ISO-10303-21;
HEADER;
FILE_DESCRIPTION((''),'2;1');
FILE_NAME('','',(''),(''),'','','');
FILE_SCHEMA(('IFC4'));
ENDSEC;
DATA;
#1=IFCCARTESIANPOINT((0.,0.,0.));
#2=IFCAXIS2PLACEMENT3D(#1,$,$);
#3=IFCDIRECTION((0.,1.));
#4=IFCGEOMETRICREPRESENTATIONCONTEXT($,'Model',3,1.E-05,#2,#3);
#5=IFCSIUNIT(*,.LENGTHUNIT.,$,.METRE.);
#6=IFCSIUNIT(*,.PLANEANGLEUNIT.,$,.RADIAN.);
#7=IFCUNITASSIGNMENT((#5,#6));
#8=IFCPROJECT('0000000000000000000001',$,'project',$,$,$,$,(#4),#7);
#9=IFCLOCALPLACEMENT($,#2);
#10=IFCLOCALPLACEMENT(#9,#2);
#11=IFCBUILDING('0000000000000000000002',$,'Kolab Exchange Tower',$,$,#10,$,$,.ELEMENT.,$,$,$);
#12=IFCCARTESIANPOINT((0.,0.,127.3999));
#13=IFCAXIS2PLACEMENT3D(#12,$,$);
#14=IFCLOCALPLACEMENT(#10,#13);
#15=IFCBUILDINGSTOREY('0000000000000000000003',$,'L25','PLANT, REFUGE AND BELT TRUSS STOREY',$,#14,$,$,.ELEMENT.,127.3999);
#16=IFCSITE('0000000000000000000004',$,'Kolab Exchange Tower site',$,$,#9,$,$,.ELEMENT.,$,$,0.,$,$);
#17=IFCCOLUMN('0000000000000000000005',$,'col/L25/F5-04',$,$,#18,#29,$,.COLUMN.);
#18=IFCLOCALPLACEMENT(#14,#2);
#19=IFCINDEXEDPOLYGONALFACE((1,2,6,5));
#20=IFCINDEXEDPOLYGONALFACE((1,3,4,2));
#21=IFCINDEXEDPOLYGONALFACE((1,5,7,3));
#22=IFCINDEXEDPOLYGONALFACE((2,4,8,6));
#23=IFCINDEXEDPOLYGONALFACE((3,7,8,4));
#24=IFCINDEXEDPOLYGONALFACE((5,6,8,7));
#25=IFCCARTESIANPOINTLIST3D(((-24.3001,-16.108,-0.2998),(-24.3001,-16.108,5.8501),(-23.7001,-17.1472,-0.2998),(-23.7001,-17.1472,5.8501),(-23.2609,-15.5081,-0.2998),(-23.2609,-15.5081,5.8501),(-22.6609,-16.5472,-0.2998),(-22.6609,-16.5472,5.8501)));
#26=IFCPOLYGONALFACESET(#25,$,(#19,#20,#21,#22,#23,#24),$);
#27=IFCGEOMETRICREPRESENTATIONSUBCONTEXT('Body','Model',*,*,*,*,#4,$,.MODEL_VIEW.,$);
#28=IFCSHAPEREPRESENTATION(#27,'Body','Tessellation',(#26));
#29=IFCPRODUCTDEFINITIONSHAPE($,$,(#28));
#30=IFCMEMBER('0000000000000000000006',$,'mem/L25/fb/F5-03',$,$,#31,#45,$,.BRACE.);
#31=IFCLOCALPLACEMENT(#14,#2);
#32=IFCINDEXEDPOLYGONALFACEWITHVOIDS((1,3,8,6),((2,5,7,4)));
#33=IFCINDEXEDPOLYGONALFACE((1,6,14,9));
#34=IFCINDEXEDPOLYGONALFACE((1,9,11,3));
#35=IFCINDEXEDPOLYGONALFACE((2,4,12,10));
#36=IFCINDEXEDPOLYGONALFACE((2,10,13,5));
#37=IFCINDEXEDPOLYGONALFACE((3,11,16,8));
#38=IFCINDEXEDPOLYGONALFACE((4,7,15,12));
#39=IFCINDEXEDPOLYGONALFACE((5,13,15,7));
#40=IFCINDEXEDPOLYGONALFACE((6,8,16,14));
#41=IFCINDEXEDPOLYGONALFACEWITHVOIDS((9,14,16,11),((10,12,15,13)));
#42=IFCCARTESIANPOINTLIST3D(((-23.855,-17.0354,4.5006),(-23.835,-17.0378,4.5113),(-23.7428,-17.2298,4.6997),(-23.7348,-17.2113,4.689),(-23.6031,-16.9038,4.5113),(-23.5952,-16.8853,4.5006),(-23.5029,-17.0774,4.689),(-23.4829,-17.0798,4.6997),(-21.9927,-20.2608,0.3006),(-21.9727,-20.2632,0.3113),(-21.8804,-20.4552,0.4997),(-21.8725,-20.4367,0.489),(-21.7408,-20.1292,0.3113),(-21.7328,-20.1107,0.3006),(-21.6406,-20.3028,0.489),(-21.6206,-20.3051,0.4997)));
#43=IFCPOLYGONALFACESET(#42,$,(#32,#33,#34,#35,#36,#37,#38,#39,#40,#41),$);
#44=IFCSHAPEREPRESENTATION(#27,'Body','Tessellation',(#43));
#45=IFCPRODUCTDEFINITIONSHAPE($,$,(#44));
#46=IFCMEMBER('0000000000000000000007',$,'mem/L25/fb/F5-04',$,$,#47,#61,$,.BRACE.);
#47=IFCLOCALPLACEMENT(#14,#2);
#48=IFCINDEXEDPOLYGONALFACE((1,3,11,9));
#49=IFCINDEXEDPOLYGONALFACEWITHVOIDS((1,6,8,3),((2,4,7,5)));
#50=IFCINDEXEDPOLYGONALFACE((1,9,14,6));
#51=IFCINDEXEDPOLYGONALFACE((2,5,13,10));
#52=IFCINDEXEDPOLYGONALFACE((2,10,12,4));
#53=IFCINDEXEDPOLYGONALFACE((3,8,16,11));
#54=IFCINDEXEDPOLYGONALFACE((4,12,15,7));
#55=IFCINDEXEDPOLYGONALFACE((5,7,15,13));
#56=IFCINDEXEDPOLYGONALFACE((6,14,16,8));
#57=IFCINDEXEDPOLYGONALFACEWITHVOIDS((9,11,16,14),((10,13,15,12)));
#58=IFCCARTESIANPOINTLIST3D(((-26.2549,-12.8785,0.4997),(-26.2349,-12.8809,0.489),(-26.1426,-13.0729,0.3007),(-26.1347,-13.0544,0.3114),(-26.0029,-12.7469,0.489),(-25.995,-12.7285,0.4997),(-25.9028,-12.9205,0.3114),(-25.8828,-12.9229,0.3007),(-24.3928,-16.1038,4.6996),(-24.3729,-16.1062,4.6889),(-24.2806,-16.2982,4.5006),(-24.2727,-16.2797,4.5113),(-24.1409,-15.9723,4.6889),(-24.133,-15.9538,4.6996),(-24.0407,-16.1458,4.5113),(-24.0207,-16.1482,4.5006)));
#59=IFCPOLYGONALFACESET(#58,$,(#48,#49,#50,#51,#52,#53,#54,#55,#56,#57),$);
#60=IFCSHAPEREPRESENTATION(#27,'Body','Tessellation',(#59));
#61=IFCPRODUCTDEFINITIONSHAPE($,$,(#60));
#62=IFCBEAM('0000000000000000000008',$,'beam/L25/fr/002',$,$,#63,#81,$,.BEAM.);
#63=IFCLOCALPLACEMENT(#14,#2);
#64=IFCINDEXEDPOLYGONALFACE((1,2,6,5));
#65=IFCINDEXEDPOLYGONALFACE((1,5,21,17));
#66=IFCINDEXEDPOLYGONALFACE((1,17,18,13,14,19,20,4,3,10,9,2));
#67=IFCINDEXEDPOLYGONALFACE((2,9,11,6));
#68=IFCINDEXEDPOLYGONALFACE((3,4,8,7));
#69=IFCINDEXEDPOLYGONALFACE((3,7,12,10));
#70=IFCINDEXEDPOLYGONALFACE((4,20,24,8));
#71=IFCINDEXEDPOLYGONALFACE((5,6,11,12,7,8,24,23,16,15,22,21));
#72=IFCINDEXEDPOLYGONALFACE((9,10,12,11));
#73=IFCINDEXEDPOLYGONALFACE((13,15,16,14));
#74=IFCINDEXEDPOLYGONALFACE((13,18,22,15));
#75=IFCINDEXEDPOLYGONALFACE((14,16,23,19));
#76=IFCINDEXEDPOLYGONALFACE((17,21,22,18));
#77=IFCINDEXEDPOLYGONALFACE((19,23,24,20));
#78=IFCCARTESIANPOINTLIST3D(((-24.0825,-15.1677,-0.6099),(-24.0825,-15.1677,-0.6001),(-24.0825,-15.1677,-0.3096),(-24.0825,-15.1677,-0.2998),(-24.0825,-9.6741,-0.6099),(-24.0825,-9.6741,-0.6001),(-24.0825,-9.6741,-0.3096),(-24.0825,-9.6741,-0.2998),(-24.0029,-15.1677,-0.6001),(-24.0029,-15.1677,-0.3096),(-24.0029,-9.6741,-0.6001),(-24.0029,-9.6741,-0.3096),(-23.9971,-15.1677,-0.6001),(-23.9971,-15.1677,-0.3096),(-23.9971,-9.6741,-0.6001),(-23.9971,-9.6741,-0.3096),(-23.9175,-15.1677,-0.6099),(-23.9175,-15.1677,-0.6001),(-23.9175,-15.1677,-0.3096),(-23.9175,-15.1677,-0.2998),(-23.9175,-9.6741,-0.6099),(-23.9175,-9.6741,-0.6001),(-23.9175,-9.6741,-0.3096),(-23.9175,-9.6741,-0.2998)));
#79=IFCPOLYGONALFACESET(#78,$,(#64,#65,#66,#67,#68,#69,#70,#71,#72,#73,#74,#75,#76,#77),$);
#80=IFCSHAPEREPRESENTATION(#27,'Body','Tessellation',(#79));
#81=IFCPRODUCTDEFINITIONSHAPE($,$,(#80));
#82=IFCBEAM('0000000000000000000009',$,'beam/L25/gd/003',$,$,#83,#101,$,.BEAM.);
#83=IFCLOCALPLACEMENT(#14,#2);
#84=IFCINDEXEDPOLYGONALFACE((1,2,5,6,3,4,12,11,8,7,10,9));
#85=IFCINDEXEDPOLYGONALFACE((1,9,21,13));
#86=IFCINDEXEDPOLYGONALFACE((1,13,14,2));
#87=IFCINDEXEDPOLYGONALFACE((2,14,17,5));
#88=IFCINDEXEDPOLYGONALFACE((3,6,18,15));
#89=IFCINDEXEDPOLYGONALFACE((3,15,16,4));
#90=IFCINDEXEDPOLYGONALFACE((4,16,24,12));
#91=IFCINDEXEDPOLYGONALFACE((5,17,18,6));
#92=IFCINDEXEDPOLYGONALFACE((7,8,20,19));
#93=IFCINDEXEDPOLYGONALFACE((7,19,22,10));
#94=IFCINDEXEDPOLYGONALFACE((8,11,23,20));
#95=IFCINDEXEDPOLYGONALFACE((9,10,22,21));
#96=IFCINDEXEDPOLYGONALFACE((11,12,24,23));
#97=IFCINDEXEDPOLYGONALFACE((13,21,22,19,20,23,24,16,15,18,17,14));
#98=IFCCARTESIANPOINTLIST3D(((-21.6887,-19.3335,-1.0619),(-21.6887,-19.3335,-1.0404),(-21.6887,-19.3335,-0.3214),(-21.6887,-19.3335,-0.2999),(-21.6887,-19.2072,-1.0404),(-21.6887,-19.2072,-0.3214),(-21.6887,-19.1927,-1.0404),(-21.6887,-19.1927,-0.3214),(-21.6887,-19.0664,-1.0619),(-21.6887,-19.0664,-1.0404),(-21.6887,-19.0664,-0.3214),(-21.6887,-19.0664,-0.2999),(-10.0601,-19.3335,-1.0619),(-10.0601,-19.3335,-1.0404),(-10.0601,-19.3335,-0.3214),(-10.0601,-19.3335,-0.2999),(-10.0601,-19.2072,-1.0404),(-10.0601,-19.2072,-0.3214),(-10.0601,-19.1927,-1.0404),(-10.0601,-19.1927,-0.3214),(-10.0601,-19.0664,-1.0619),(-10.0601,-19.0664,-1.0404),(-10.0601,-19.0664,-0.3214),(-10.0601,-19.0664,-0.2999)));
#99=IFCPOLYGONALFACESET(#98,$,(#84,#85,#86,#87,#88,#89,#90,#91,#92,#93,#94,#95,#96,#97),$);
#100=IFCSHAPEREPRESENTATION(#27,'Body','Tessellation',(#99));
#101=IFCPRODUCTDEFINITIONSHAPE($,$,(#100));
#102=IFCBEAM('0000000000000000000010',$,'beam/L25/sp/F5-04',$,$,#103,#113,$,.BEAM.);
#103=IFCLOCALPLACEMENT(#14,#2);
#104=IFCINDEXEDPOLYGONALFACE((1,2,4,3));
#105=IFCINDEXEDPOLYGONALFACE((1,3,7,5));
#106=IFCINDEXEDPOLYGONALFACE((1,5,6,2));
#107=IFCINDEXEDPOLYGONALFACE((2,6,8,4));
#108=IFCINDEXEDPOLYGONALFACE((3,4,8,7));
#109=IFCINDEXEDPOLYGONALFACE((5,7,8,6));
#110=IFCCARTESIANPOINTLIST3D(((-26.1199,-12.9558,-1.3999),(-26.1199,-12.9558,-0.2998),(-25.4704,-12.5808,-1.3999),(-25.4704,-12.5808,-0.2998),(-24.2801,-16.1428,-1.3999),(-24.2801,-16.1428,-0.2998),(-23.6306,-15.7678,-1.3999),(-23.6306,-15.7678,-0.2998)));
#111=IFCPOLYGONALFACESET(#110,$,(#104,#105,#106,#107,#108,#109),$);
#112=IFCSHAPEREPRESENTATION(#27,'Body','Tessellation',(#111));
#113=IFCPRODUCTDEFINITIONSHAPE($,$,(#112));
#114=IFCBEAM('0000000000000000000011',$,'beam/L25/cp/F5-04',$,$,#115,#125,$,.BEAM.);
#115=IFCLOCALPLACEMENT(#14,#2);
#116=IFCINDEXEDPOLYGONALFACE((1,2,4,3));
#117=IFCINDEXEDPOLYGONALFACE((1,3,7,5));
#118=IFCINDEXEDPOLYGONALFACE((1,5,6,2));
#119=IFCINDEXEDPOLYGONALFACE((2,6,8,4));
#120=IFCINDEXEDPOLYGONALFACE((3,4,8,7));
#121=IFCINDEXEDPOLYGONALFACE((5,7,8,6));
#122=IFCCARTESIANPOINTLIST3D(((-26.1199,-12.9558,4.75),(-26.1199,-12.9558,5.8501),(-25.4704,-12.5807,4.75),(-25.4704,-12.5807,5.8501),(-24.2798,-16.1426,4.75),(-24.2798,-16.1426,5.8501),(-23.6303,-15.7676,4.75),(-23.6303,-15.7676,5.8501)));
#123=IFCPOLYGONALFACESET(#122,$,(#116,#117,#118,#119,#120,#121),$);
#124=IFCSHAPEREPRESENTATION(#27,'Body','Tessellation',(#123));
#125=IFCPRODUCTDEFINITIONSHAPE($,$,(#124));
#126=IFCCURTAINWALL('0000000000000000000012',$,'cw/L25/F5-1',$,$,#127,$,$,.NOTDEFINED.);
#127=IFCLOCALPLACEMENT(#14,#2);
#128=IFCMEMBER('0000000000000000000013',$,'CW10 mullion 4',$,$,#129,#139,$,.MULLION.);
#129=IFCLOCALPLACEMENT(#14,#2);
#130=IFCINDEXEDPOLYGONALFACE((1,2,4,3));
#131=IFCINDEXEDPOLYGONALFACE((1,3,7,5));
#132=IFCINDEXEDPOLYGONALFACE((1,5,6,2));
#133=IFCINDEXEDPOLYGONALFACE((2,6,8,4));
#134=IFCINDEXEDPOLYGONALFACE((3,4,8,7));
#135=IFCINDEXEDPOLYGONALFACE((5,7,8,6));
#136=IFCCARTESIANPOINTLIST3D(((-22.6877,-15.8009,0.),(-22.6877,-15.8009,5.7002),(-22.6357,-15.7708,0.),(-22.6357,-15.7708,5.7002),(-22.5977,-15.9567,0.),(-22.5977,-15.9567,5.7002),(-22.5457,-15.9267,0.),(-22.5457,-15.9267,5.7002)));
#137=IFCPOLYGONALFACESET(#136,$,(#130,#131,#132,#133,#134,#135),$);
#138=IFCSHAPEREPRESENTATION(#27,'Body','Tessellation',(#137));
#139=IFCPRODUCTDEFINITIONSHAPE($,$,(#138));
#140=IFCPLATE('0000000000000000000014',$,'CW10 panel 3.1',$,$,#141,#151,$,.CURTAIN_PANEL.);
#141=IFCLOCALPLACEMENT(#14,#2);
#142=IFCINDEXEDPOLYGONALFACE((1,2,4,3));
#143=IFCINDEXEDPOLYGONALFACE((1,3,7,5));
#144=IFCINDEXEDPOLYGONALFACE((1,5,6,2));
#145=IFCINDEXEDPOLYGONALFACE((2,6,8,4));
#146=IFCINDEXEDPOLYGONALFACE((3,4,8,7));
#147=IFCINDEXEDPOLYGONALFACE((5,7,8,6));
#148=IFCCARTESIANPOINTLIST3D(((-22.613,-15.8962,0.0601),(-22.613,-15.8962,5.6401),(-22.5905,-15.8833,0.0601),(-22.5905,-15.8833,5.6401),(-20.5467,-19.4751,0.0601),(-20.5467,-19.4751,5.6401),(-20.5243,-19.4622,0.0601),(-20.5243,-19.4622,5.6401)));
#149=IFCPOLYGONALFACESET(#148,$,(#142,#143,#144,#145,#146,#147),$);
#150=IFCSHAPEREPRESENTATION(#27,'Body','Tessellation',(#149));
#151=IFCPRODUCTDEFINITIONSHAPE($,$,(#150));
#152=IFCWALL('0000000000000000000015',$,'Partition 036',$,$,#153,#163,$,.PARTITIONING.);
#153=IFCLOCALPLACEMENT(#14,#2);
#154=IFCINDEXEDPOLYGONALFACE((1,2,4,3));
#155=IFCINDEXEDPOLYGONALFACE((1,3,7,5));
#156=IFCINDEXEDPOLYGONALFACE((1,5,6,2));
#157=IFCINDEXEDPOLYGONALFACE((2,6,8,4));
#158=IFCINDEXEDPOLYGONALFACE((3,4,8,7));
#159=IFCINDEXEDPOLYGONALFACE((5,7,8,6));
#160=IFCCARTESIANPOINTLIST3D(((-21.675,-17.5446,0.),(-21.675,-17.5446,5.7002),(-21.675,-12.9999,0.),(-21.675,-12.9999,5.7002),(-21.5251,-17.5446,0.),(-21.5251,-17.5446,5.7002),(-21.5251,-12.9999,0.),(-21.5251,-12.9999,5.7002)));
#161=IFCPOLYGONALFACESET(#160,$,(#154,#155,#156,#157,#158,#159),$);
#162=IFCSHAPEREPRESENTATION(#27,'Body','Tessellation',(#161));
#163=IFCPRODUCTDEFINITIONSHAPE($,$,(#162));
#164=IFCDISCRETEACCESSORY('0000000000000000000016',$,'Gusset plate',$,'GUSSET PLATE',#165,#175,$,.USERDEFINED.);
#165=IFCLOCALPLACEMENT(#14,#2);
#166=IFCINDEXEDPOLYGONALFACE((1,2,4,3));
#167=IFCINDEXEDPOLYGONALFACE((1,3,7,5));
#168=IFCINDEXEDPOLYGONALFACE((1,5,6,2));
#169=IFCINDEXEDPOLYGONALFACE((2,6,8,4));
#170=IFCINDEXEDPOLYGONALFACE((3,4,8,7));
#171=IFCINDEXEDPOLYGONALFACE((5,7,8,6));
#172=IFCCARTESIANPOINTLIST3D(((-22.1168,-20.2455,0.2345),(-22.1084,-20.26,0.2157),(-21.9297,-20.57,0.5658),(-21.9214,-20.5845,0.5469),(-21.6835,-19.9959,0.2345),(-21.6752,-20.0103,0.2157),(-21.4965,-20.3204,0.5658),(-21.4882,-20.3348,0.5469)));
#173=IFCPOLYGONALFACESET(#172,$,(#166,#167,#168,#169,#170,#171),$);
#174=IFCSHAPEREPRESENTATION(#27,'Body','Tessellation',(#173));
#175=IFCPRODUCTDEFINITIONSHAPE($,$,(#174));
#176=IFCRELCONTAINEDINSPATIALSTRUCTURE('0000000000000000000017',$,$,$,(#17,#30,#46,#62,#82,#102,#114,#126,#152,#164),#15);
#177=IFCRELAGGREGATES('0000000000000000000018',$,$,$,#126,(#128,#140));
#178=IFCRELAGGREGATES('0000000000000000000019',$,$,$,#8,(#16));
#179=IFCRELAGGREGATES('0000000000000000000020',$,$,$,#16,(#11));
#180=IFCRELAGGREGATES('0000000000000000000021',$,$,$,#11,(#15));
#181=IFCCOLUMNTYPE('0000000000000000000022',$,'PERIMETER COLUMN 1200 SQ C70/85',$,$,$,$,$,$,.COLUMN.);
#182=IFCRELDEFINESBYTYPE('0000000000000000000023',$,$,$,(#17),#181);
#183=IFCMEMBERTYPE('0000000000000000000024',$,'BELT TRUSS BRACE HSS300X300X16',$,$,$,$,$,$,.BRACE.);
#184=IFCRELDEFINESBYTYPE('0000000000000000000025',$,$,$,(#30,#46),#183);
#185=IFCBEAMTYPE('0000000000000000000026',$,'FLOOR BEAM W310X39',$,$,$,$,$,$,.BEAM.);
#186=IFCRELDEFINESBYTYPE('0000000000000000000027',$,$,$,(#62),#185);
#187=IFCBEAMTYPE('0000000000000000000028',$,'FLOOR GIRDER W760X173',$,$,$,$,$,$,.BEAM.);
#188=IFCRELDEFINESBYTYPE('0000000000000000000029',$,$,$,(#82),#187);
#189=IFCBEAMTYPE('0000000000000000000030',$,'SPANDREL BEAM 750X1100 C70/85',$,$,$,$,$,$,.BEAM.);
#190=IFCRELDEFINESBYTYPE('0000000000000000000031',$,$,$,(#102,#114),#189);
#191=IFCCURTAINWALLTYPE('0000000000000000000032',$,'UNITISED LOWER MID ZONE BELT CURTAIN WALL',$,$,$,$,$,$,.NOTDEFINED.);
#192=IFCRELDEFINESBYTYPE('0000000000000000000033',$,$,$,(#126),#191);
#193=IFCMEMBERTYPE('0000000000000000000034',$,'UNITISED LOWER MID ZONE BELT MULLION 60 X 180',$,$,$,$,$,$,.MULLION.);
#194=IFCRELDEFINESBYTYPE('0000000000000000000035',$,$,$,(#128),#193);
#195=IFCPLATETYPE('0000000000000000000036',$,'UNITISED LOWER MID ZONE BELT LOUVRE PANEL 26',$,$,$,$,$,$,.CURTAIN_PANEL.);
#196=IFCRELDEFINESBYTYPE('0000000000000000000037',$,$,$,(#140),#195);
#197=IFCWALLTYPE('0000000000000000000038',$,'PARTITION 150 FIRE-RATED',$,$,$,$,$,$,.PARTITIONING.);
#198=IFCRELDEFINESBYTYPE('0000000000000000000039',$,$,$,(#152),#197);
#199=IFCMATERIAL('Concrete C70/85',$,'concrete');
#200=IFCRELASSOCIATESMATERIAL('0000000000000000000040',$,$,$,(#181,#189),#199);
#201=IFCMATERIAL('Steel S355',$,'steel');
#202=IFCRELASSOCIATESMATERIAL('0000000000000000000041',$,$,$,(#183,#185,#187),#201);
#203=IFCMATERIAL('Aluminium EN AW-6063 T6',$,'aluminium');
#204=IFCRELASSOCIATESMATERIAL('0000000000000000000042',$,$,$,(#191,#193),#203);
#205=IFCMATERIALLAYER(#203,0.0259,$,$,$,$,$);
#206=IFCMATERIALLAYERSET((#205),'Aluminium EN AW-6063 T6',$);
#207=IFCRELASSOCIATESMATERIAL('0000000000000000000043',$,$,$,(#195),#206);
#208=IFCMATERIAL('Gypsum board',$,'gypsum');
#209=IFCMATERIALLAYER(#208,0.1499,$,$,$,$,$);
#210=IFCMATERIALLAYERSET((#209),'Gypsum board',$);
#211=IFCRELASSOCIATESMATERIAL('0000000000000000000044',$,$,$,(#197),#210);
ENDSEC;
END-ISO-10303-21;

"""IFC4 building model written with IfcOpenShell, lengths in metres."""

from ifc_helpers import new_model, si_unit, direction, frame, frame_2d, origin, origin_2d, place, context, subcontext, project, spatial, rectangle, hollow_rectangle, i_section, extrude, material, layer, layer_set, material_profile, profile_set, type_object, element, aggregate, save


model = new_model("IFC4")

# Units and contexts
model_context = context("Model", 3, precision=1e-05, world=origin(), true_north=direction((0.0, 1.0)))
body_context = subcontext(model_context, "Body", "Model", "MODEL_VIEW")
ifc_project = project(units=[si_unit("LENGTHUNIT", "METRE"), si_unit("PLANEANGLEUNIT", "RADIAN")], contexts=[model_context])

# Site, building, storey
site_placement = place(None, origin())
site = spatial("IfcSite", under=ifc_project, at=site_placement, Name="Kolab Exchange Tower site", CompositionType="ELEMENT", RefElevation=0.0)
building_placement = place(site_placement, origin())
building = spatial("IfcBuilding", under=site, at=building_placement, Name="Kolab Exchange Tower", CompositionType="ELEMENT")
storey_placement = place(building_placement, frame((0.0, 0.0, 127.3999)))
storey = spatial("IfcBuildingStorey", under=building, at=storey_placement, Name="L25", Description="PLANT, REFUGE AND BELT TRUSS STOREY", CompositionType="ELEMENT", Elevation=127.3999)

# Column
ifc_material_1 = material(Name="Concrete C70/85", Category="concrete")
ifc_material_profile_1 = material_profile(ifc_material_1, rectangle(XDim=1.2, YDim=1.2, at=origin_2d()), Name="RC1200")
ifc_profile_set_1 = profile_set([ifc_material_profile_1], Name="Concrete C70/85")
column_type = type_object("IfcColumnType", Name="PERIMETER COLUMN 1200 SQ C70/85", PredefinedType="COLUMN", material=ifc_profile_set_1)
column_placement = place(storey_placement, frame((-23.4805, -16.3276, -0.2998), z_axis=(0.0, 0.0, 1.0), x_axis=(0.866025, 0.5, 0.0)))
element("IfcColumn", 1, at=column_placement, inside=storey, type_object=column_type, Name="col/L25/F5-04", PredefinedType="COLUMN", context=body_context, shape_type="SweptSolid", body=[
    extrude(rectangle(XDim=1.2, YDim=1.2, at=origin_2d()), origin(), (0.0, 0.0, 1.0), 6.1499),
])

# Members
ifc_material_2 = material(Name="Steel S355", Category="steel")
ifc_material_profile_2 = material_profile(ifc_material_2, hollow_rectangle(XDim=0.3, YDim=0.3, WallThickness=0.0161, at=origin_2d()), Name="HSS300X300X16")
ifc_profile_set_2 = profile_set([ifc_material_profile_2], Name="Steel S355")
member_type_1 = type_object("IfcMemberType", Name="BELT TRUSS BRACE HSS300X300X16", PredefinedType="BRACE", material=ifc_profile_set_2)
member_1_placement = place(storey_placement, frame((-21.8066, -20.283, 0.4001), z_axis=(-0.331759, 0.574576, 0.748197), x_axis=(-0.866008, -0.500031, 0.0)))
element("IfcMember", 2, at=member_1_placement, inside=storey, type_object=member_type_1, Name="mem/L25/fb/F5-03", PredefinedType="BRACE", context=body_context, shape_type="SweptSolid", body=[
    extrude(hollow_rectangle(XDim=0.3, YDim=0.3, WallThickness=0.0161, at=origin_2d()), origin(), (0.0, 0.0, 1.0), 5.6135),
])
member_2_placement = place(storey_placement, frame((-24.2068, -16.126, 4.6001), z_axis=(-0.33172, 0.574584, -0.748208), x_axis=(-0.866036, -0.499982, 0.0)))
element("IfcMember", 3, at=member_2_placement, inside=storey, type_object=member_type_1, Name="mem/L25/fb/F5-04", PredefinedType="BRACE", context=body_context, shape_type="SweptSolid", body=[
    extrude(hollow_rectangle(XDim=0.3, YDim=0.3, WallThickness=0.0161, at=origin_2d()), origin(), (0.0, 0.0, 1.0), 5.6133),
])

# Beams
ifc_material_profile_3 = material_profile(ifc_material_2, i_section(OverallWidth=0.165, OverallDepth=0.3101, WebThickness=0.0059, FlangeThickness=0.0098, at=origin_2d()), Name="W310X39")
ifc_profile_set_3 = profile_set([ifc_material_profile_3], Name="Steel S355")
beam_type_1 = type_object("IfcBeamType", Name="FLOOR BEAM W310X39", PredefinedType="BEAM", material=ifc_profile_set_3)
beam_1_placement = place(storey_placement, frame((-24.0, -15.1677, -0.4548), z_axis=(0.0, 1.0, 0.0), x_axis=(-1.0, 0.0, 0.0)))
element("IfcBeam", 4, at=beam_1_placement, inside=storey, type_object=beam_type_1, Name="beam/L25/fr/002", PredefinedType="BEAM", context=body_context, shape_type="SweptSolid", body=[
    extrude(i_section(OverallWidth=0.165, OverallDepth=0.3101, WebThickness=0.0059, FlangeThickness=0.0098, at=origin_2d()), origin(), (0.0, 0.0, 1.0), 5.4937),
])
ifc_material_profile_4 = material_profile(ifc_material_2, i_section(OverallWidth=0.2671, OverallDepth=0.762, WebThickness=0.0144, FlangeThickness=0.0215, at=origin_2d()), Name="W760X173")
ifc_profile_set_4 = profile_set([ifc_material_profile_4], Name="Steel S355")
beam_type_2 = type_object("IfcBeamType", Name="FLOOR GIRDER W760X173", PredefinedType="BEAM", material=ifc_profile_set_4)
beam_2_placement = place(storey_placement, frame((-21.6887, -19.2, -0.6809), z_axis=(1.0, 0.0, 0.0), x_axis=(0.0, 1.0, 0.0)))
element("IfcBeam", 5, at=beam_2_placement, inside=storey, type_object=beam_type_2, Name="beam/L25/gd/003", PredefinedType="BEAM", context=body_context, shape_type="SweptSolid", body=[
    extrude(i_section(OverallWidth=0.2671, OverallDepth=0.762, WebThickness=0.0144, FlangeThickness=0.0215, at=origin_2d()), origin(), (0.0, 0.0, 1.0), 11.6287),
])
ifc_material_profile_5 = material_profile(ifc_material_1, rectangle(XDim=0.75, YDim=1.1001, at=origin_2d()), Name="RC750X1100")
ifc_profile_set_5 = profile_set([ifc_material_profile_5], Name="Concrete C70/85")
beam_type_3 = type_object("IfcBeamType", Name="SPANDREL BEAM 750X1100 C70/85", PredefinedType="BEAM", material=ifc_profile_set_5)
for number, where, z_axis, x_axis, name in (
    (6, (-23.9553, -15.9553, -0.8499), (-0.499964, 0.866046, 0.0), (-0.866046, -0.499964, 0.0), "beam/L25/sp/F5-04"),
    (7, (-23.9551, -15.9551, 5.3), (-0.500042, 0.866001, 0.0), (-0.866001, -0.500042, 0.0), "beam/L25/cp/F5-04"),
):
    element("IfcBeam", number, at=place(storey_placement, frame(where, z_axis=z_axis, x_axis=x_axis)), inside=storey, type_object=beam_type_3, Name=name, PredefinedType="BEAM", context=body_context, shape_type="SweptSolid", body=[
        extrude(rectangle(XDim=0.75, YDim=1.1001, at=origin_2d()), origin(), (0.0, 0.0, 1.0), 3.6799),
    ])

# Curtain wall, member, plate
ifc_material_3 = material(Name="Aluminium EN AW-6063 T6", Category="aluminium")
curtain_wall_type = type_object("IfcCurtainWallType", Name="UNITISED LOWER MID ZONE BELT CURTAIN WALL", PredefinedType="NOTDEFINED", material=ifc_material_3)
curtain_wall_placement = place(storey_placement, origin())
curtain_wall = element("IfcCurtainWall", 8, at=curtain_wall_placement, inside=storey, type_object=curtain_wall_type, Name="cw/L25/F5-1", PredefinedType="NOTDEFINED")
ifc_material_profile_6 = material_profile(ifc_material_3, rectangle(XDim=0.0601, YDim=0.1799, at=origin_2d()), Name="RECT 60X180")
ifc_profile_set_6 = profile_set([ifc_material_profile_6], Name="Aluminium EN AW-6063 T6")
member_type_2 = type_object("IfcMemberType", Name="UNITISED LOWER MID ZONE BELT MULLION 60 X 180", PredefinedType="MULLION", material=ifc_profile_set_6)
member_3_placement = place(storey_placement, frame((-22.6167, -15.8638, 0.0), z_axis=(0.0, 0.0, 1.0), x_axis=(-0.866025, -0.5, 0.0)))
member_3 = element("IfcMember", 9, at=member_3_placement, type_object=member_type_2, Name="CW10 mullion 4", PredefinedType="MULLION", context=body_context, shape_type="SweptSolid", body=[
    extrude(rectangle(XDim=0.0601, YDim=0.1799, at=origin_2d()), origin(), (0.0, 0.0, 1.0), 5.7002),
])
ifc_layer_1 = layer(ifc_material_3, 0.0259)
ifc_layer_set_1 = layer_set([ifc_layer_1], Name="Aluminium EN AW-6063 T6")
plate_type = type_object("IfcPlateType", Name="UNITISED LOWER MID ZONE BELT LOUVRE PANEL 26", PredefinedType="CURTAIN_PANEL", material=ifc_layer_set_1)
plate_placement = place(storey_placement, frame((-21.5686, -17.6792, 0.0601), z_axis=(0.0, 0.0, 1.0), x_axis=(-0.5, 0.866025, 0.0)))
plate = element("IfcPlate", 10, at=plate_placement, type_object=plate_type, Name="CW10 panel 3.1", PredefinedType="CURTAIN_PANEL", context=body_context, shape_type="SweptSolid", body=[
    extrude(rectangle(XDim=4.1326, YDim=0.0259, at=origin_2d()), origin(), (0.0, 0.0, 1.0), 5.5801),
])
aggregate(curtain_wall, [member_3, plate])

# Wall
ifc_material_4 = material(Name="Gypsum board", Category="gypsum")
ifc_layer_2 = layer(ifc_material_4, 0.1499)
ifc_layer_set_2 = layer_set([ifc_layer_2], Name="Gypsum board")
wall_type_1 = type_object("IfcWallType", Name="PARTITION 150 FIRE-RATED", PredefinedType="PARTITIONING", material=ifc_layer_set_2)
wall_1_placement = place(storey_placement, frame((-21.6001, -17.5447, 0.0), z_axis=(0.0, 0.0, 1.0), x_axis=(0.0, 1.0, 0.0)))
element("IfcWall", 11, at=wall_1_placement, inside=storey, type_object=wall_type_1, Name="Partition 036", PredefinedType="PARTITIONING", context=body_context, shape_type="SweptSolid", body=[
    extrude(rectangle(XDim=4.5447, YDim=0.1499, at=frame_2d((2.2725, 0.0))), origin(), (0.0, 0.0, 1.0), 5.7002),
])

# Discrete accessory
for number, where, z_axis, x_axis, name in (
    (12, (-21.8066, -20.283, 0.4001), (0.330768, -0.57398, -0.749092), (0.86643, 0.499299, 0.0), "Gusset plate"),
):
    element("IfcDiscreteAccessory", number, at=place(storey_placement, frame(where, z_axis=z_axis, x_axis=x_axis)), inside=storey, Name=name, ObjectType="GUSSET PLATE", PredefinedType="USERDEFINED", context=body_context, shape_type="SweptSolid", body=[
        extrude(rectangle(XDim=0.5, YDim=0.5, at=origin_2d()), origin(), (0.0, 0.0, 1.0), 0.0251),
    ])

save(model, "model.ifc")
